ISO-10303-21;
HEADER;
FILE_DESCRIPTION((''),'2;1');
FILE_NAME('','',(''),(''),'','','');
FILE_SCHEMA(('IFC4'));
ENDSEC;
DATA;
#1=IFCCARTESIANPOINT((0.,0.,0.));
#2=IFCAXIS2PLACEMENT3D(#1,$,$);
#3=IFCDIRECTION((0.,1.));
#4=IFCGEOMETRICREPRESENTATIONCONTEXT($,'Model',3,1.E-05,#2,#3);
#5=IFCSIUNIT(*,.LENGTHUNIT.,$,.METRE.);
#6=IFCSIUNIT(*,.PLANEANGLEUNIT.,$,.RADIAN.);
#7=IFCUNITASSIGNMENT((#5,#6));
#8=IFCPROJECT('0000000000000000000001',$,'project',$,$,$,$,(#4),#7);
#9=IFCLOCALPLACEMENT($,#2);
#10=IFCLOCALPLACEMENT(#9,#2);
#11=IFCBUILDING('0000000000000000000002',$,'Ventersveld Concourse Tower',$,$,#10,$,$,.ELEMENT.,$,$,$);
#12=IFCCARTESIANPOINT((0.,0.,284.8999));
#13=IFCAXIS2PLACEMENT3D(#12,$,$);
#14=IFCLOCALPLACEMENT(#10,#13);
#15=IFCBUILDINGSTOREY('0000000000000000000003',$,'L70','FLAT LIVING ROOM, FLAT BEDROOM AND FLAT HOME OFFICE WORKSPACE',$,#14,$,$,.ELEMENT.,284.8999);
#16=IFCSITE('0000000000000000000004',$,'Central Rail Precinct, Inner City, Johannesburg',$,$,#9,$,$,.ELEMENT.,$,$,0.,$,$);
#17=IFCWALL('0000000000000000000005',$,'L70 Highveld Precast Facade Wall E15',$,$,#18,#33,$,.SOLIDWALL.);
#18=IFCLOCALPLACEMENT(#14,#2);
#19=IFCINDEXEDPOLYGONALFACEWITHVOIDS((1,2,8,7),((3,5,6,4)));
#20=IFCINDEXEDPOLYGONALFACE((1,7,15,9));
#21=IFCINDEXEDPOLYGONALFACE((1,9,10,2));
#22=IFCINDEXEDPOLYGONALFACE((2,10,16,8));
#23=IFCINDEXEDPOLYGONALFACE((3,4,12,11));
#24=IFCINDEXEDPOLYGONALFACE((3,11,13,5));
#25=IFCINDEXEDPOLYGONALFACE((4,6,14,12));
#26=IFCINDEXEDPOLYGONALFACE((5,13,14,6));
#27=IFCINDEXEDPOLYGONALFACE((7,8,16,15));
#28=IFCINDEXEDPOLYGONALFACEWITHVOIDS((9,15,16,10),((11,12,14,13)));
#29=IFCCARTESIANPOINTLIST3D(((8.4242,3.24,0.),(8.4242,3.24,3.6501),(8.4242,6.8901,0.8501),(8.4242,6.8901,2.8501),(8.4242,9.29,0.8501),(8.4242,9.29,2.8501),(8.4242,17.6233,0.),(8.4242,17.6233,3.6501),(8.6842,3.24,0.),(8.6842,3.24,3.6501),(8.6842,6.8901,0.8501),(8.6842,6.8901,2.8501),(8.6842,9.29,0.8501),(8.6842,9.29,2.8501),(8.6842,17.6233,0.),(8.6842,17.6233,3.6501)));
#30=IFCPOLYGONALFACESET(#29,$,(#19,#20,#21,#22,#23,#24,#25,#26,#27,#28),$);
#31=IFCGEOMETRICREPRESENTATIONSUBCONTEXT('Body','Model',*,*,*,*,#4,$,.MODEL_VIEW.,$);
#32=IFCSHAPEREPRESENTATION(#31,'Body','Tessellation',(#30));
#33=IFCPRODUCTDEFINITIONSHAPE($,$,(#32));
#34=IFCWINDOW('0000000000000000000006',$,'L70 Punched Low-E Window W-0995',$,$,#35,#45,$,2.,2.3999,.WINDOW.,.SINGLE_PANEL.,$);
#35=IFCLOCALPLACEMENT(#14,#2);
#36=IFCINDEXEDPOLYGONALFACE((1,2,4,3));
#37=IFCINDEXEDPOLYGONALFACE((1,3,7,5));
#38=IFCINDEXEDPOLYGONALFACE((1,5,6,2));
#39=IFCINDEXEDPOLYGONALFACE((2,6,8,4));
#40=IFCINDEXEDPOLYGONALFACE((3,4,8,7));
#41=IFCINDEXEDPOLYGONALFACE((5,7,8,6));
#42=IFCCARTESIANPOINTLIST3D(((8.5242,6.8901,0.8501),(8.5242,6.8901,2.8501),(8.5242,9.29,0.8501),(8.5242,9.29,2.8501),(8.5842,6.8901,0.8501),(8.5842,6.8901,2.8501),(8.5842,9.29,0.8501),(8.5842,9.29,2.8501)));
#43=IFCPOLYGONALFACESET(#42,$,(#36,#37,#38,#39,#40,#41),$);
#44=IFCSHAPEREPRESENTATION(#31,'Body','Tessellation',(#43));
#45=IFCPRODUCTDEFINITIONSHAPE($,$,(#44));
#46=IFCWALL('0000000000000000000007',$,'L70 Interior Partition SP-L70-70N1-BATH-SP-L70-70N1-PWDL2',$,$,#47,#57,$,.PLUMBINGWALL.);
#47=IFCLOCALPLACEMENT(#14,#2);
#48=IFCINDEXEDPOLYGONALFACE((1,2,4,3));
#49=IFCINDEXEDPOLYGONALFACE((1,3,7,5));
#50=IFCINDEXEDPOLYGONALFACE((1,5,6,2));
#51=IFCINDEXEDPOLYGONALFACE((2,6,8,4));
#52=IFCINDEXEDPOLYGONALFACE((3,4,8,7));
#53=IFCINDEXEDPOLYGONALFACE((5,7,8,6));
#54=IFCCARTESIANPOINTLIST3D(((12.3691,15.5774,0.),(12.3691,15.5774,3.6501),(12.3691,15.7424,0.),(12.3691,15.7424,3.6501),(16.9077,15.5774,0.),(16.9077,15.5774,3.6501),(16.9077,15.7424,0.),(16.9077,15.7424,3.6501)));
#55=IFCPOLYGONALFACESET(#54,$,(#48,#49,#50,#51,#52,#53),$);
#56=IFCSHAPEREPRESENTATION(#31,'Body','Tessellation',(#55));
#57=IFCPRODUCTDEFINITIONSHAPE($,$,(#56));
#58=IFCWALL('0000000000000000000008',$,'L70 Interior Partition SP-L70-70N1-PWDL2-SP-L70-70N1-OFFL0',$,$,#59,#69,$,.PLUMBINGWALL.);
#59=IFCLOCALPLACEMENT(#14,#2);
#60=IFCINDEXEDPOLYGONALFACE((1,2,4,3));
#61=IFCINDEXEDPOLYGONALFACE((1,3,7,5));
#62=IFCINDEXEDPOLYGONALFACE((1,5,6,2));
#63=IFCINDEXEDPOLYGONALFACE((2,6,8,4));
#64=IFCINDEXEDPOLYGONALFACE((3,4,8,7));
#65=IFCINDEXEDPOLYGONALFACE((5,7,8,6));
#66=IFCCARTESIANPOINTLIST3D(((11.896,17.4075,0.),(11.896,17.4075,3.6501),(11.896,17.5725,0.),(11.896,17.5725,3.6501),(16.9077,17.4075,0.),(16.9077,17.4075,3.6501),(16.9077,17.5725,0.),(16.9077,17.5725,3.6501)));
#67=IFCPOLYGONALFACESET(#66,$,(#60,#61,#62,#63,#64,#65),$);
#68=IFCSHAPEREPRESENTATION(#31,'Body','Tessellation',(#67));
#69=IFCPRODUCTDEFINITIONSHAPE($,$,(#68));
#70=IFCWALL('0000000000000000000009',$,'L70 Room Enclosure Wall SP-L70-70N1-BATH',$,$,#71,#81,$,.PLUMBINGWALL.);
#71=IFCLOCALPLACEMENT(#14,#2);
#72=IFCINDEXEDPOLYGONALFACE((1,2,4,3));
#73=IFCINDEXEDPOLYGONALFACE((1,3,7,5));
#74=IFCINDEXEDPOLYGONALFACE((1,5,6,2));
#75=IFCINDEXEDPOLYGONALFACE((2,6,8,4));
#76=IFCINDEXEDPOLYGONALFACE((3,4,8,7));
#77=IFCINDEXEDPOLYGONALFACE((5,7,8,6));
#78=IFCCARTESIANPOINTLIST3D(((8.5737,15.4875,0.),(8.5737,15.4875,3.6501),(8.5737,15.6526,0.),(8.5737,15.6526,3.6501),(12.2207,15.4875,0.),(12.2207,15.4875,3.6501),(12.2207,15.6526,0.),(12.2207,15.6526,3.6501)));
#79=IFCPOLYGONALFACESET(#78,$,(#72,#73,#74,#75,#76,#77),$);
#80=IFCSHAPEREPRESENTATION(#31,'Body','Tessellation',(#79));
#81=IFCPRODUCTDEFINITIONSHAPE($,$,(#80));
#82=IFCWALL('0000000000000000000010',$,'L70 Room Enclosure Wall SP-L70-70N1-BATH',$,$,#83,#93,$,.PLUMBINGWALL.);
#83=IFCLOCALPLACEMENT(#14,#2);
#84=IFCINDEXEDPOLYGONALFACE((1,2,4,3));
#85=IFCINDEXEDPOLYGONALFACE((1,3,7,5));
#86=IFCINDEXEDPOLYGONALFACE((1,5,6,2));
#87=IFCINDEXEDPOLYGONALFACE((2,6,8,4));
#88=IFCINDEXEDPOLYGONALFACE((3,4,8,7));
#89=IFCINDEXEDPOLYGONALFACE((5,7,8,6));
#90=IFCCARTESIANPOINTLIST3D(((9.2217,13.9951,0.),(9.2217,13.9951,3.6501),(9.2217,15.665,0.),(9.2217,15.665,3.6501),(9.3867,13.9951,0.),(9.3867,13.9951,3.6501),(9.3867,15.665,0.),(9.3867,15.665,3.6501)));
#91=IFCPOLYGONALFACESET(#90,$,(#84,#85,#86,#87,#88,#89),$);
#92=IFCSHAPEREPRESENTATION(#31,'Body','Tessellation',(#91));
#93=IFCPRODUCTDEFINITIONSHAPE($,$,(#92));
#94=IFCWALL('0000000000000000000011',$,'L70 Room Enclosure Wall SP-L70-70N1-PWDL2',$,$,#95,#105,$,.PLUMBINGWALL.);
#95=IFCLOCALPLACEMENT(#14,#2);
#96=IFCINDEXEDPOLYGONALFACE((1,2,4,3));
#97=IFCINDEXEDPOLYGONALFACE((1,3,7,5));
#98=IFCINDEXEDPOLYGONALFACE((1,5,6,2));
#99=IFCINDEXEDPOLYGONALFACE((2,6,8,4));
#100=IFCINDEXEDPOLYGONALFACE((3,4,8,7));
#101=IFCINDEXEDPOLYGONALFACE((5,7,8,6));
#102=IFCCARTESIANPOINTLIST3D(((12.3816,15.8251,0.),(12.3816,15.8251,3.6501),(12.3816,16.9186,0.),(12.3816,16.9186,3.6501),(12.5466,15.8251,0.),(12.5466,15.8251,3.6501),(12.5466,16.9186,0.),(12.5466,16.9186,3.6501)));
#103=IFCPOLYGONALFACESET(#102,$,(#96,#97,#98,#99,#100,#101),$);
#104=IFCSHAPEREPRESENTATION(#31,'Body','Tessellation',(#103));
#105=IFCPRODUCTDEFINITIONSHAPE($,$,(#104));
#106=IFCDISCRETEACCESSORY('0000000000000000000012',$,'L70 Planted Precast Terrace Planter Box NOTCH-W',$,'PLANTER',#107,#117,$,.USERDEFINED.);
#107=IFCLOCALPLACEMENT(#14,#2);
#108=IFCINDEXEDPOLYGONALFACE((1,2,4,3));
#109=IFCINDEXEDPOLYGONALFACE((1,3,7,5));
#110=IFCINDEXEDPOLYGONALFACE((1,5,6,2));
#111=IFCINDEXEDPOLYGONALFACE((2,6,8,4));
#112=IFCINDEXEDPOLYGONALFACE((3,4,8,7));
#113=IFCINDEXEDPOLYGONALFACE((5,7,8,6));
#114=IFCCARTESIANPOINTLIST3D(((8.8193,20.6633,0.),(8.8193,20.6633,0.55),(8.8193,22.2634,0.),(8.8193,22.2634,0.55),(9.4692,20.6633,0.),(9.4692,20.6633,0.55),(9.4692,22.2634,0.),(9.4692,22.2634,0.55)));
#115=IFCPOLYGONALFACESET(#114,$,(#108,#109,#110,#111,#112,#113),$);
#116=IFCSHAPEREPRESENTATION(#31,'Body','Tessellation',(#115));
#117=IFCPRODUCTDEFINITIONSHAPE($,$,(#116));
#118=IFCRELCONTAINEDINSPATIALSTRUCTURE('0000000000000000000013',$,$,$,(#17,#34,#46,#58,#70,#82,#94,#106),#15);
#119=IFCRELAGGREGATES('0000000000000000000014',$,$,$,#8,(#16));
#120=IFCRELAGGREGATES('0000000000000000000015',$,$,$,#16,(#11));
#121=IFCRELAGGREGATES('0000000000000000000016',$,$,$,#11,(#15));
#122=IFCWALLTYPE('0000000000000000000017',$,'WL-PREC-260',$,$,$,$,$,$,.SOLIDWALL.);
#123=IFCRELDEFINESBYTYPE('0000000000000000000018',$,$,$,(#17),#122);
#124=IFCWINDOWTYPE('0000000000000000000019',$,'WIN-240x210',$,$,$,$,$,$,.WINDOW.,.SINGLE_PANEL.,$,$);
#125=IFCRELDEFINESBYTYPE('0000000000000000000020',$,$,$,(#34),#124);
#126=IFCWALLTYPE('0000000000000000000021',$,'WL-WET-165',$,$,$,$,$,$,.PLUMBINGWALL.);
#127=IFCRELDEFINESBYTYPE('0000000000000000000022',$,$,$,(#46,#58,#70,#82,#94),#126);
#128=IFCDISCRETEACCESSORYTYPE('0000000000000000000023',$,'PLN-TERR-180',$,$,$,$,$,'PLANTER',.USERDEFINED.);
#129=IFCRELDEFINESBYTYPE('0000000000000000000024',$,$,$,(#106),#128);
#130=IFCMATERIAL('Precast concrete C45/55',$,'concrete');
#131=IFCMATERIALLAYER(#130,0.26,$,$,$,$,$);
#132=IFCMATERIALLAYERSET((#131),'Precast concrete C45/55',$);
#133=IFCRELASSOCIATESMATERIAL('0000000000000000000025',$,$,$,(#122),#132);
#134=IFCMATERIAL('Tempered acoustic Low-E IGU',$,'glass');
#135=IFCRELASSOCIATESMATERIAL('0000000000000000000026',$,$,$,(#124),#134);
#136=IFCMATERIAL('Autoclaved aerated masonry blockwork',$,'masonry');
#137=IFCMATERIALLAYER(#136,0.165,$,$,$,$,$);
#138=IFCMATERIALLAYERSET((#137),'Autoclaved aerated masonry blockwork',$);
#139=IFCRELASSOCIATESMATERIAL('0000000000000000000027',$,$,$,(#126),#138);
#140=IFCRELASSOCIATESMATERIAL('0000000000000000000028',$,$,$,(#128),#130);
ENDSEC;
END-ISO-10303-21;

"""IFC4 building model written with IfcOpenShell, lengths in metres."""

from ifc_helpers import new_model, si_unit, direction, frame, frame_2d, origin, origin_2d, place, context, subcontext, project, spatial, rectangle, extrude, material, layer, layer_set, type_object, element, fill, save


model = new_model("IFC4")

# Units and contexts
model_context = context("Model", 3, precision=1e-05, world=origin(), true_north=direction((0.0, 1.0)))
body_context = subcontext(model_context, "Body", "Model", "MODEL_VIEW")
ifc_project = project(units=[si_unit("LENGTHUNIT", "METRE"), si_unit("PLANEANGLEUNIT", "RADIAN")], contexts=[model_context])

# Site, building, storey
site_placement = place(None, origin())
site = spatial("IfcSite", under=ifc_project, at=site_placement, Name="Central Rail Precinct, Inner City, Johannesburg", CompositionType="ELEMENT", RefElevation=0.0)
building_placement = place(site_placement, origin())
building = spatial("IfcBuilding", under=site, at=building_placement, Name="Ventersveld Concourse Tower", CompositionType="ELEMENT")
storey_placement = place(building_placement, frame((0.0, 0.0, 284.8999)))
storey = spatial("IfcBuildingStorey", under=building, at=storey_placement, Name="L70", Description="FLAT LIVING ROOM, FLAT BEDROOM AND FLAT HOME OFFICE WORKSPACE", CompositionType="ELEMENT", Elevation=284.8999)

# Shared definitions
ifc_material_1 = material(Name="Precast concrete C45/55", Category="concrete")
ifc_layer_1 = layer(ifc_material_1, 0.26)
ifc_layer_set_1 = layer_set([ifc_layer_1], Name="Precast concrete C45/55")
wall_type_1 = type_object("IfcWallType", Name="WL-PREC-260", PredefinedType="SOLIDWALL", material=ifc_layer_set_1)

# Wall, opening, window
wall_1_placement = place(storey_placement, frame((8.5542, 17.6233, 0.0), z_axis=(0.0, 0.0, 1.0), x_axis=(0.0, -1.0, 0.0)))
wall_1 = element("IfcWall", 1, at=wall_1_placement, inside=storey, type_object=wall_type_1, Name="L70 Highveld Precast Facade Wall E15", PredefinedType="SOLIDWALL", context=body_context, shape_type="SweptSolid", body=[
    extrude(rectangle(XDim=14.3833, YDim=0.26, at=frame_2d((7.1917, 0.0))), origin(), (0.0, 0.0, 1.0), 3.6501),
])
opening_1_placement = place(wall_1_placement, frame((8.3333, 0.0, 0.8501)))
opening_1 = element("IfcOpeningElement", 2, at=opening_1_placement, cuts=wall_1, PredefinedType="OPENING", context=body_context, shape_type="SweptSolid", body=[
    extrude(rectangle(XDim=2.3999, YDim=2.0, at=frame_2d((1.2, 1.0))), frame((0.0, 0.1401, 0.0), z_axis=(0.0, -1.0, 0.0), x_axis=(1.0, 0.0, 0.0)), (0.0, 0.0, 1.0), 0.28),
])
ifc_material_2 = material(Name="Tempered acoustic Low-E IGU", Category="glass")
window_type = type_object("IfcWindowType", Name="WIN-240x210", PartitioningType="SINGLE_PANEL", PredefinedType="WINDOW", material=ifc_material_2)
window_placement = place(opening_1_placement, origin())
window = element("IfcWindow", 3, at=window_placement, inside=storey, type_object=window_type, Name="L70 Punched Low-E Window W-0995", OverallHeight=2.0, OverallWidth=2.3999, PartitioningType="SINGLE_PANEL", PredefinedType="WINDOW", context=body_context, shape_type="SweptSolid", body=[
    extrude(rectangle(XDim=2.3999, YDim=2.0, at=frame_2d((1.2, 1.0))), frame((0.0, 0.03, 0.0), z_axis=(0.0, -1.0, 0.0), x_axis=(1.0, 0.0, 0.0)), (0.0, 0.0, 1.0), 0.0601),
])
fill(opening_1, window)

# Walls
ifc_material_3 = material(Name="Autoclaved aerated masonry blockwork", Category="masonry")
ifc_layer_2 = layer(ifc_material_3, 0.165)
ifc_layer_set_2 = layer_set([ifc_layer_2], Name="Autoclaved aerated masonry blockwork")
wall_type_2 = type_object("IfcWallType", Name="WL-WET-165", PredefinedType="PLUMBINGWALL", material=ifc_layer_set_2)
wall_2_placement = place(storey_placement, frame((12.3691, 15.6599, 0.0), z_axis=(0.0, 0.0, 1.0), x_axis=(1.0, 0.0, 0.0)))
element("IfcWall", 4, at=wall_2_placement, inside=storey, type_object=wall_type_2, Name="L70 Interior Partition SP-L70-70N1-BATH-SP-L70-70N1-PWDL2", PredefinedType="PLUMBINGWALL", context=body_context, shape_type="SweptSolid", body=[
    extrude(rectangle(XDim=4.5386, YDim=0.165, at=frame_2d((2.2693, 0.0))), origin(), (0.0, 0.0, 1.0), 3.6501),
])
wall_3_placement = place(storey_placement, frame((11.896, 17.49, 0.0), z_axis=(0.0, 0.0, 1.0), x_axis=(1.0, 0.0, 0.0)))
element("IfcWall", 5, at=wall_3_placement, inside=storey, type_object=wall_type_2, Name="L70 Interior Partition SP-L70-70N1-PWDL2-SP-L70-70N1-OFFL0", PredefinedType="PLUMBINGWALL", context=body_context, shape_type="SweptSolid", body=[
    extrude(rectangle(XDim=5.0117, YDim=0.165, at=frame_2d((2.5059, 0.0))), origin(), (0.0, 0.0, 1.0), 3.6501),
])
wall_4_placement = place(storey_placement, frame((8.5737, 15.5701, 0.0), z_axis=(0.0, 0.0, 1.0), x_axis=(1.0, 0.0, 0.0)))
element("IfcWall", 6, at=wall_4_placement, inside=storey, type_object=wall_type_2, Name="L70 Room Enclosure Wall SP-L70-70N1-BATH", PredefinedType="PLUMBINGWALL", context=body_context, shape_type="SweptSolid", body=[
    extrude(rectangle(XDim=3.647, YDim=0.165, at=frame_2d((1.8235, 0.0))), origin(), (0.0, 0.0, 1.0), 3.6501),
])
wall_5_placement = place(storey_placement, frame((9.3042, 13.9951, 0.0), z_axis=(0.0, 0.0, 1.0), x_axis=(0.0, 1.0, 0.0)))
element("IfcWall", 7, at=wall_5_placement, inside=storey, type_object=wall_type_2, Name="L70 Room Enclosure Wall SP-L70-70N1-BATH", PredefinedType="PLUMBINGWALL", context=body_context, shape_type="SweptSolid", body=[
    extrude(rectangle(XDim=1.6699, YDim=0.165, at=frame_2d((0.835, 0.0))), origin(), (0.0, 0.0, 1.0), 3.6501),
])
wall_6_placement = place(storey_placement, frame((12.4641, 15.825, 0.0), z_axis=(0.0, 0.0, 1.0), x_axis=(0.0, 1.0, 0.0)))
element("IfcWall", 8, at=wall_6_placement, inside=storey, type_object=wall_type_2, Name="L70 Room Enclosure Wall SP-L70-70N1-PWDL2", PredefinedType="PLUMBINGWALL", context=body_context, shape_type="SweptSolid", body=[
    extrude(rectangle(XDim=1.0935, YDim=0.165, at=frame_2d((0.5469, 0.0))), origin(), (0.0, 0.0, 1.0), 3.6501),
])

# Discrete accessory
discrete_accessory_type = type_object("IfcDiscreteAccessoryType", Name="PLN-TERR-180", ElementType="PLANTER", PredefinedType="USERDEFINED", material=ifc_material_1)
discrete_accessory_placement = place(storey_placement, frame((9.1443, 21.4634, 0.0), z_axis=(0.0, 0.0, 1.0), x_axis=(0.0, 1.0, 0.0)))
element("IfcDiscreteAccessory", 9, at=discrete_accessory_placement, inside=storey, type_object=discrete_accessory_type, Name="L70 Planted Precast Terrace Planter Box NOTCH-W", ObjectType="PLANTER", PredefinedType="USERDEFINED", context=body_context, shape_type="SweptSolid", body=[
    extrude(rectangle(XDim=1.6001, YDim=0.6499, at=origin_2d()), origin(), (0.0, 0.0, 1.0), 0.55),
])

save(model, "model.ifc")
